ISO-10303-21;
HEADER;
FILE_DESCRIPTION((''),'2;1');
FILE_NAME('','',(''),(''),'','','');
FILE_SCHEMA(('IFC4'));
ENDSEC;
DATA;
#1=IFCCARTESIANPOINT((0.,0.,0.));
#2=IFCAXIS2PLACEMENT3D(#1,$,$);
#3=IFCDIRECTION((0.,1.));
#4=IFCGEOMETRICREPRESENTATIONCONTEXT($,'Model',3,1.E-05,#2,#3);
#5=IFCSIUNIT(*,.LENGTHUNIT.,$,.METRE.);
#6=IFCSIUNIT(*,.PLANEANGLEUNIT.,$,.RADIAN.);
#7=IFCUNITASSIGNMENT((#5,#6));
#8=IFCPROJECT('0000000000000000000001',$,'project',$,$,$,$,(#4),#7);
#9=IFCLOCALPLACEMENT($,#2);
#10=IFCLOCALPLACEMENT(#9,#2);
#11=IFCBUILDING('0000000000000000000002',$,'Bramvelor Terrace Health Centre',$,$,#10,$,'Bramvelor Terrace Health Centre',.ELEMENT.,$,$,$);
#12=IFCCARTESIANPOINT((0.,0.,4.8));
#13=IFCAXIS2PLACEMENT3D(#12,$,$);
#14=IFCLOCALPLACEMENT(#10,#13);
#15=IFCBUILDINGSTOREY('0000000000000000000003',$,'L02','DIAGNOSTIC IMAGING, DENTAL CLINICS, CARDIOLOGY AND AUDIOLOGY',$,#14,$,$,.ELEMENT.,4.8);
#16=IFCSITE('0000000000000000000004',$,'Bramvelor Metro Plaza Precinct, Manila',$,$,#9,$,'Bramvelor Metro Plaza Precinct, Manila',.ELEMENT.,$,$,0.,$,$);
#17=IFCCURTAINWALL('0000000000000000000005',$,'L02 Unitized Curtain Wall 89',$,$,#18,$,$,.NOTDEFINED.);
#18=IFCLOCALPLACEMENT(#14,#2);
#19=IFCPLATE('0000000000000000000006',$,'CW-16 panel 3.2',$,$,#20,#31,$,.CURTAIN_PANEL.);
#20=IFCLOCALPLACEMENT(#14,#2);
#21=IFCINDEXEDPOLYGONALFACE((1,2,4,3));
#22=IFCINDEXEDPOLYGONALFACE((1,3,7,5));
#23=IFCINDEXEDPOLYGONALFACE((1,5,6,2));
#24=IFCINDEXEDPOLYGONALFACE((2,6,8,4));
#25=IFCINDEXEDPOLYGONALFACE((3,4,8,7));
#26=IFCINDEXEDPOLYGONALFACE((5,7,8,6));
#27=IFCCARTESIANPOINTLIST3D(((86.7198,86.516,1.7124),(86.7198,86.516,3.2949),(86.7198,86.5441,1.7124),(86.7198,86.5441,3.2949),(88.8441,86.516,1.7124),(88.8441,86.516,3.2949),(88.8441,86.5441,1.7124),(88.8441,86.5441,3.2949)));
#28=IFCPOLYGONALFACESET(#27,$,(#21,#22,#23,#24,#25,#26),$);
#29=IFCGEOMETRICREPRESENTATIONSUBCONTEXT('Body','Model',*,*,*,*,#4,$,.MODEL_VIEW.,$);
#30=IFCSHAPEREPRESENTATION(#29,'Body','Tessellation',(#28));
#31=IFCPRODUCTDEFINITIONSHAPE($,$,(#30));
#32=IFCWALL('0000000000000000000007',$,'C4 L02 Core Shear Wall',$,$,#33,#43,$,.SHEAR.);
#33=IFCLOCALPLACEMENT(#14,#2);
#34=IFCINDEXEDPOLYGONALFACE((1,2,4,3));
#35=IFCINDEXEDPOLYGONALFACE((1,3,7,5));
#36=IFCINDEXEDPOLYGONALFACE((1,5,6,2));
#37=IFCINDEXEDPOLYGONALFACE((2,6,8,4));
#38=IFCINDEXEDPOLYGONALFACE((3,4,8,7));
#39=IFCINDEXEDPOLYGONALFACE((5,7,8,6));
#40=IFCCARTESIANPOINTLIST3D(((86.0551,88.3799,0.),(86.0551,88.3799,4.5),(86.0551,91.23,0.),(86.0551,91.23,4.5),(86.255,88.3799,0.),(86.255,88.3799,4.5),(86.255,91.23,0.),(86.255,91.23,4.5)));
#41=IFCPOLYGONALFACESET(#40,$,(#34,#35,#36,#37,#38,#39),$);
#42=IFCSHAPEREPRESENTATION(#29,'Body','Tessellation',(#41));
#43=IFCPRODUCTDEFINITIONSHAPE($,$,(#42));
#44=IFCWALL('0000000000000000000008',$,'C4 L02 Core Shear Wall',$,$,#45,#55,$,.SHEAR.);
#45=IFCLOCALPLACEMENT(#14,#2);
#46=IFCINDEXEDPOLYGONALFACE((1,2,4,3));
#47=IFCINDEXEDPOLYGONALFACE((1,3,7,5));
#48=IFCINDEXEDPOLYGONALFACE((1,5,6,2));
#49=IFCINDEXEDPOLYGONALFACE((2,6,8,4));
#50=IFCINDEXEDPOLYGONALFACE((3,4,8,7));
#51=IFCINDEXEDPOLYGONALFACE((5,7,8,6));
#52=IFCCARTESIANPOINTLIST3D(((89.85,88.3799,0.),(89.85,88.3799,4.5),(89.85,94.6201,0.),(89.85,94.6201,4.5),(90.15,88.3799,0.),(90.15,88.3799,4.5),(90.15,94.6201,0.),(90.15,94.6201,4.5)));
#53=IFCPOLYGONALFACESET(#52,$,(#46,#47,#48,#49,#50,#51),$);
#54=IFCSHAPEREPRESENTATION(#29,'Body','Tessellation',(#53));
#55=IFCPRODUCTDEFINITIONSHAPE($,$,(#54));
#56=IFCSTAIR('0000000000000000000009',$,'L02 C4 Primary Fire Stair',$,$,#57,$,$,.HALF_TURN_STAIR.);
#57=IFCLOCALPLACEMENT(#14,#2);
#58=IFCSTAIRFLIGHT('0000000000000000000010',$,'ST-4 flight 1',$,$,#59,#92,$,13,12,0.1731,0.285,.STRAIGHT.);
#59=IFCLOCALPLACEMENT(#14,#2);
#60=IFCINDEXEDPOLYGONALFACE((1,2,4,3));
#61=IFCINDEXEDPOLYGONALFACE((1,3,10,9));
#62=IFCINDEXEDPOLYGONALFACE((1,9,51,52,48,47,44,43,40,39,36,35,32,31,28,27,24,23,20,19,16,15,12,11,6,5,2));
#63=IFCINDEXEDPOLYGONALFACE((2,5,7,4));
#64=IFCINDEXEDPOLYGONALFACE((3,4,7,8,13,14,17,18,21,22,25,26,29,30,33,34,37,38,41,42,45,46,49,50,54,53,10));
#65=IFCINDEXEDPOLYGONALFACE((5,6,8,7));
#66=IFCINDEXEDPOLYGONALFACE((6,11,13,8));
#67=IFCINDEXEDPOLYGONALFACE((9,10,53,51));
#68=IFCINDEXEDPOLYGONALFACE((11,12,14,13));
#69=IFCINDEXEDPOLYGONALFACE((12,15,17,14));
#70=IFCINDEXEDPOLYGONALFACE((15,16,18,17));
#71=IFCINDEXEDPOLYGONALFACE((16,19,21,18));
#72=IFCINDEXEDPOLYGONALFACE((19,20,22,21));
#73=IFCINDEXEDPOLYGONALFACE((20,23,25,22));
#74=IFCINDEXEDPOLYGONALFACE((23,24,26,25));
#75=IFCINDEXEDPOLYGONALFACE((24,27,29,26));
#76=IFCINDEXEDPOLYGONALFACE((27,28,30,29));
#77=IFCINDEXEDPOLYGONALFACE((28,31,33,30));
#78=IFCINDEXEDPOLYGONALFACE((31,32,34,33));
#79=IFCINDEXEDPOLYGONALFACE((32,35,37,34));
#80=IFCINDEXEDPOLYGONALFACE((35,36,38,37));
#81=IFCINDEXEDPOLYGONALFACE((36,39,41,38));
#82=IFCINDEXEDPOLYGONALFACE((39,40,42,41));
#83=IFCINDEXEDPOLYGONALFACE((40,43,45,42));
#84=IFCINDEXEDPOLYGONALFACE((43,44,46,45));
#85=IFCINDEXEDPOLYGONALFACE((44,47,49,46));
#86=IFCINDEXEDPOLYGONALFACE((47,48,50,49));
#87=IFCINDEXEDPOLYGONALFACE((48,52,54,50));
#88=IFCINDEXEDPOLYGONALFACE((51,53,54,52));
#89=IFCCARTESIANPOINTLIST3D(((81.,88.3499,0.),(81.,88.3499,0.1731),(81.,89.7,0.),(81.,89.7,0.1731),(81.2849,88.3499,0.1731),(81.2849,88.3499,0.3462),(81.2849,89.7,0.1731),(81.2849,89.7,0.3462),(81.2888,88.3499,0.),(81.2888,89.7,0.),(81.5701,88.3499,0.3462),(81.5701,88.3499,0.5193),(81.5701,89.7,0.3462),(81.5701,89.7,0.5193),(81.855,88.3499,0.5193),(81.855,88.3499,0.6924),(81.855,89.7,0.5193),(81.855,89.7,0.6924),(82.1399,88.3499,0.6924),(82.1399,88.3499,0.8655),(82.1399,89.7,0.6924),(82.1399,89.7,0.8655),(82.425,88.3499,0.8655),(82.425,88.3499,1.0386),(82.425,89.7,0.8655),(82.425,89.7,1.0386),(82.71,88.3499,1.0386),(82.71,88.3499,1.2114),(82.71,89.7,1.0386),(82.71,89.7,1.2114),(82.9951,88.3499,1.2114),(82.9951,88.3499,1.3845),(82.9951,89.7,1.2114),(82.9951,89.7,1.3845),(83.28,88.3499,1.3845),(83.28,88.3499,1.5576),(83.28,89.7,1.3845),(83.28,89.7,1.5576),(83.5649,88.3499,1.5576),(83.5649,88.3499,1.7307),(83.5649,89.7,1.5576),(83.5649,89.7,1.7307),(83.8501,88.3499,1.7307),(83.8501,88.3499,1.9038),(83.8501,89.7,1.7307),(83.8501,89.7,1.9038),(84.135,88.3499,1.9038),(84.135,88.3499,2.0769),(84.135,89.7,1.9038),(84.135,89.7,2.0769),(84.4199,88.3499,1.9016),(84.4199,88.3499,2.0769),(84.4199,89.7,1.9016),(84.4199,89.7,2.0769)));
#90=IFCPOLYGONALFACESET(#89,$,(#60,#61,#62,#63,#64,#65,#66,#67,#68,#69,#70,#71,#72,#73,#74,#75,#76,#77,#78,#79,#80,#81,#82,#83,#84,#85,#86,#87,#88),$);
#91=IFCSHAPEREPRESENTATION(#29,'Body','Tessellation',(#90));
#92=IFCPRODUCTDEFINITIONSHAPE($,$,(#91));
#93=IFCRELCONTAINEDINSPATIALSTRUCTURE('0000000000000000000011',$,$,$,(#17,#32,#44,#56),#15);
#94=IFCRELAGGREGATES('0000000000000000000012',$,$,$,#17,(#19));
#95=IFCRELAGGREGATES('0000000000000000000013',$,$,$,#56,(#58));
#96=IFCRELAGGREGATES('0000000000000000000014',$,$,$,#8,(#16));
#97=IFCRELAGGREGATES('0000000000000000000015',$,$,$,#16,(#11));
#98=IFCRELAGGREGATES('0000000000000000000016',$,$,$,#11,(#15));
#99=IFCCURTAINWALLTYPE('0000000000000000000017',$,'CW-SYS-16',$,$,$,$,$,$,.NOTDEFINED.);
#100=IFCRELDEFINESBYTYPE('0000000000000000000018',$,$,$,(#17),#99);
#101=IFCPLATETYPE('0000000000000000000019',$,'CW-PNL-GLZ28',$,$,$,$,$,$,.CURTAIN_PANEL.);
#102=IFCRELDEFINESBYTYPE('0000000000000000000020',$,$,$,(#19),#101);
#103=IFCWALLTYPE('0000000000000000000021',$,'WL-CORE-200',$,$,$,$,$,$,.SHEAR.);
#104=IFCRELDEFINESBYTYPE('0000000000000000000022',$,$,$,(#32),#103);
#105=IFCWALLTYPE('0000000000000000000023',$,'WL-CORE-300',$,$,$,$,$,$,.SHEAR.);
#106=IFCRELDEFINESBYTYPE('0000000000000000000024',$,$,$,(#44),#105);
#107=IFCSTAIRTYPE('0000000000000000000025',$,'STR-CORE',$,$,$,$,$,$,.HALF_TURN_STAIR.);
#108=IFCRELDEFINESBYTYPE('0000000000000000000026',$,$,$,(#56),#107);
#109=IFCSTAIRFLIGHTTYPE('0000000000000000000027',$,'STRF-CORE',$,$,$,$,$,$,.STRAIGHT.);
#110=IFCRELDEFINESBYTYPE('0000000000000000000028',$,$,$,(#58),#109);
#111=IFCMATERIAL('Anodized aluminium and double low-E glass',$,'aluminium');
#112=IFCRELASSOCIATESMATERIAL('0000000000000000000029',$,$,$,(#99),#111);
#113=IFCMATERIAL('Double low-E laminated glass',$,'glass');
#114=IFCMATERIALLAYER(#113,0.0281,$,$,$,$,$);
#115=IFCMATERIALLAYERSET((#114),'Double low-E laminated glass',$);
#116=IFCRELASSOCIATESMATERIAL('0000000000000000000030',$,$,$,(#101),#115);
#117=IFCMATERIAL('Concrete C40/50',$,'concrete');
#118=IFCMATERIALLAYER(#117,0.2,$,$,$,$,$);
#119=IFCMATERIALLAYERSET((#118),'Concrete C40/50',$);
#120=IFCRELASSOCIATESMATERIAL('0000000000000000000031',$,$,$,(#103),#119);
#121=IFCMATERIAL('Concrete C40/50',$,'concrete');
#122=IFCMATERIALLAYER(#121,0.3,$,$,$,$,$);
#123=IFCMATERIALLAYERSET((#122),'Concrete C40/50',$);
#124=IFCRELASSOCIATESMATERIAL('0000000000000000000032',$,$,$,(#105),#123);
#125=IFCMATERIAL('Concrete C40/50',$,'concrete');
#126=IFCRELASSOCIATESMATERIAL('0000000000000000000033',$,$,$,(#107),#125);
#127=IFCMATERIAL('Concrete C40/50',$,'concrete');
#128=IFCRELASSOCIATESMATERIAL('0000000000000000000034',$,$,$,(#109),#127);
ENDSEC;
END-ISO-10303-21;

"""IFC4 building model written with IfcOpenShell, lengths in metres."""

from ifc_helpers import new_model, si_unit, direction, frame, frame_2d, origin, origin_2d, place, context, subcontext, project, spatial, polyline, rectangle, outline, extrude, material, layer, layer_set, type_object, element, aggregate, save


model = new_model("IFC4")

# Units and contexts
model_context = context("Model", 3, precision=1e-05, world=origin(), true_north=direction((0.0, 1.0)))
body_context = subcontext(model_context, "Body", "Model", "MODEL_VIEW")
ifc_project = project(units=[si_unit("LENGTHUNIT", "METRE"), si_unit("PLANEANGLEUNIT", "RADIAN")], contexts=[model_context])

# Site, building, storey
site_placement = place(None, origin())
site = spatial("IfcSite", under=ifc_project, at=site_placement, Name="Bramvelor Metro Plaza Precinct, Manila", LongName="Bramvelor Metro Plaza Precinct, Manila", CompositionType="ELEMENT", RefElevation=0.0)
building_placement = place(site_placement, origin())
building = spatial("IfcBuilding", under=site, at=building_placement, Name="Bramvelor Terrace Health Centre", LongName="Bramvelor Terrace Health Centre", CompositionType="ELEMENT")
storey_placement = place(building_placement, frame((0.0, 0.0, 4.8)))
storey = spatial("IfcBuildingStorey", under=building, at=storey_placement, Name="L02", Description="DIAGNOSTIC IMAGING, DENTAL CLINICS, CARDIOLOGY AND AUDIOLOGY", CompositionType="ELEMENT", Elevation=4.8)

# Curtain wall, plate
ifc_material_1 = material(Name="Anodized aluminium and double low-E glass", Category="aluminium")
curtain_wall_type = type_object("IfcCurtainWallType", Name="CW-SYS-16", PredefinedType="NOTDEFINED", material=ifc_material_1)
curtain_wall_placement = place(storey_placement, origin())
curtain_wall = element("IfcCurtainWall", 1, at=curtain_wall_placement, inside=storey, type_object=curtain_wall_type, Name="L02 Unitized Curtain Wall 89", PredefinedType="NOTDEFINED")
ifc_material_2 = material(Name="Double low-E laminated glass", Category="glass")
ifc_layer_1 = layer(ifc_material_2, 0.0281)
ifc_layer_set_1 = layer_set([ifc_layer_1], Name="Double low-E laminated glass")
plate_type = type_object("IfcPlateType", Name="CW-PNL-GLZ28", PredefinedType="CURTAIN_PANEL", material=ifc_layer_set_1)
plate_1_placement = place(storey_placement, frame((87.782, 86.53, 1.7124), z_axis=(0.0, 0.0, 1.0), x_axis=(-1.0, 0.0, 0.0)))
plate_1 = element("IfcPlate", 2, at=plate_1_placement, type_object=plate_type, Name="CW-16 panel 3.2", PredefinedType="CURTAIN_PANEL", context=body_context, shape_type="SweptSolid", body=[
    extrude(rectangle(XDim=2.1243, YDim=0.0281, at=origin_2d()), origin(), (0.0, 0.0, 1.0), 1.5825),
])
aggregate(curtain_wall, [plate_1])

# Walls
ifc_material_3 = material(Name="Concrete C40/50", Category="concrete")
ifc_layer_2 = layer(ifc_material_3, 0.2)
ifc_layer_set_2 = layer_set([ifc_layer_2], Name="Concrete C40/50")
wall_type_1 = type_object("IfcWallType", Name="WL-CORE-200", PredefinedType="SHEAR", material=ifc_layer_set_2)
wall_1_placement = place(storey_placement, frame((86.155, 88.3799, 0.0), z_axis=(0.0, 0.0, 1.0), x_axis=(0.0, 1.0, 0.0)))
element("IfcWall", 3, at=wall_1_placement, inside=storey, type_object=wall_type_1, Name="C4 L02 Core Shear Wall", PredefinedType="SHEAR", context=body_context, shape_type="SweptSolid", body=[
    extrude(rectangle(XDim=2.8501, YDim=0.2, at=frame_2d((1.425, 0.0))), origin(), (0.0, 0.0, 1.0), 4.5),
])
ifc_material_4 = material(Name="Concrete C40/50", Category="concrete")
ifc_layer_3 = layer(ifc_material_4, 0.3)
ifc_layer_set_3 = layer_set([ifc_layer_3], Name="Concrete C40/50")
wall_type_2 = type_object("IfcWallType", Name="WL-CORE-300", PredefinedType="SHEAR", material=ifc_layer_set_3)
wall_2_placement = place(storey_placement, frame((90.0, 88.3799, 0.0), z_axis=(0.0, 0.0, 1.0), x_axis=(0.0, 1.0, 0.0)))
element("IfcWall", 4, at=wall_2_placement, inside=storey, type_object=wall_type_2, Name="C4 L02 Core Shear Wall", PredefinedType="SHEAR", context=body_context, shape_type="SweptSolid", body=[
    extrude(rectangle(XDim=6.2402, YDim=0.3, at=frame_2d((3.1201, 0.0))), origin(), (0.0, 0.0, 1.0), 4.5),
])

# Stair, stair flight
ifc_material_5 = material(Name="Concrete C40/50", Category="concrete")
stair_type = type_object("IfcStairType", Name="STR-CORE", PredefinedType="HALF_TURN_STAIR", material=ifc_material_5)
stair_placement = place(storey_placement, origin())
stair = element("IfcStair", 5, at=stair_placement, inside=storey, type_object=stair_type, Name="L02 C4 Primary Fire Stair", PredefinedType="HALF_TURN_STAIR")
ifc_material_6 = material(Name="Concrete C40/50", Category="concrete")
stair_flight_type = type_object("IfcStairFlightType", Name="STRF-CORE", PredefinedType="STRAIGHT", material=ifc_material_6)
stair_flight_placement = place(storey_placement, frame((81.0, 89.0249, 0.0), z_axis=(0.0, 0.0, 1.0), x_axis=(1.0, 0.0, 0.0)))
stair_flight = element("IfcStairFlight", 6, at=stair_flight_placement, type_object=stair_flight_type, Name="ST-4 flight 1", NumberOfRisers=13, NumberOfTreads=12, PredefinedType="STRAIGHT", RiserHeight=0.1731, TreadLength=0.285, context=body_context, shape_type="SweptSolid", body=[
    extrude(outline(polyline([(0.0, 0.0), (0.0, 0.1731), (0.2849, 0.1731), (0.2849, 0.3462), (0.5701, 0.3462), (0.5701, 0.5193), (0.855, 0.5193), (0.855, 0.6924), (1.1399, 0.6924), (1.1399, 0.8655), (1.425, 0.8655), (1.425, 1.0386), (1.71, 1.0386), (1.71, 1.2114), (1.9951, 1.2114), (1.9951, 1.3845), (2.28, 1.3845), (2.28, 1.5576), (2.5649, 1.5576), (2.5649, 1.7307), (2.8501, 1.7307), (2.8501, 1.9038), (3.135, 1.9038), (3.135, 2.0769), (3.4199, 2.0769), (3.4199, 2.25), (3.4199, 1.9016), (0.2888, 0.0), (0.0, 0.0)])), frame((0.0, 0.675, 0.0), z_axis=(0.0, -1.0, 0.0), x_axis=(1.0, 0.0, 0.0)), (0.0, 0.0, 1.0), 1.3501),
])
aggregate(stair, [stair_flight])

save(model, "model.ifc")
